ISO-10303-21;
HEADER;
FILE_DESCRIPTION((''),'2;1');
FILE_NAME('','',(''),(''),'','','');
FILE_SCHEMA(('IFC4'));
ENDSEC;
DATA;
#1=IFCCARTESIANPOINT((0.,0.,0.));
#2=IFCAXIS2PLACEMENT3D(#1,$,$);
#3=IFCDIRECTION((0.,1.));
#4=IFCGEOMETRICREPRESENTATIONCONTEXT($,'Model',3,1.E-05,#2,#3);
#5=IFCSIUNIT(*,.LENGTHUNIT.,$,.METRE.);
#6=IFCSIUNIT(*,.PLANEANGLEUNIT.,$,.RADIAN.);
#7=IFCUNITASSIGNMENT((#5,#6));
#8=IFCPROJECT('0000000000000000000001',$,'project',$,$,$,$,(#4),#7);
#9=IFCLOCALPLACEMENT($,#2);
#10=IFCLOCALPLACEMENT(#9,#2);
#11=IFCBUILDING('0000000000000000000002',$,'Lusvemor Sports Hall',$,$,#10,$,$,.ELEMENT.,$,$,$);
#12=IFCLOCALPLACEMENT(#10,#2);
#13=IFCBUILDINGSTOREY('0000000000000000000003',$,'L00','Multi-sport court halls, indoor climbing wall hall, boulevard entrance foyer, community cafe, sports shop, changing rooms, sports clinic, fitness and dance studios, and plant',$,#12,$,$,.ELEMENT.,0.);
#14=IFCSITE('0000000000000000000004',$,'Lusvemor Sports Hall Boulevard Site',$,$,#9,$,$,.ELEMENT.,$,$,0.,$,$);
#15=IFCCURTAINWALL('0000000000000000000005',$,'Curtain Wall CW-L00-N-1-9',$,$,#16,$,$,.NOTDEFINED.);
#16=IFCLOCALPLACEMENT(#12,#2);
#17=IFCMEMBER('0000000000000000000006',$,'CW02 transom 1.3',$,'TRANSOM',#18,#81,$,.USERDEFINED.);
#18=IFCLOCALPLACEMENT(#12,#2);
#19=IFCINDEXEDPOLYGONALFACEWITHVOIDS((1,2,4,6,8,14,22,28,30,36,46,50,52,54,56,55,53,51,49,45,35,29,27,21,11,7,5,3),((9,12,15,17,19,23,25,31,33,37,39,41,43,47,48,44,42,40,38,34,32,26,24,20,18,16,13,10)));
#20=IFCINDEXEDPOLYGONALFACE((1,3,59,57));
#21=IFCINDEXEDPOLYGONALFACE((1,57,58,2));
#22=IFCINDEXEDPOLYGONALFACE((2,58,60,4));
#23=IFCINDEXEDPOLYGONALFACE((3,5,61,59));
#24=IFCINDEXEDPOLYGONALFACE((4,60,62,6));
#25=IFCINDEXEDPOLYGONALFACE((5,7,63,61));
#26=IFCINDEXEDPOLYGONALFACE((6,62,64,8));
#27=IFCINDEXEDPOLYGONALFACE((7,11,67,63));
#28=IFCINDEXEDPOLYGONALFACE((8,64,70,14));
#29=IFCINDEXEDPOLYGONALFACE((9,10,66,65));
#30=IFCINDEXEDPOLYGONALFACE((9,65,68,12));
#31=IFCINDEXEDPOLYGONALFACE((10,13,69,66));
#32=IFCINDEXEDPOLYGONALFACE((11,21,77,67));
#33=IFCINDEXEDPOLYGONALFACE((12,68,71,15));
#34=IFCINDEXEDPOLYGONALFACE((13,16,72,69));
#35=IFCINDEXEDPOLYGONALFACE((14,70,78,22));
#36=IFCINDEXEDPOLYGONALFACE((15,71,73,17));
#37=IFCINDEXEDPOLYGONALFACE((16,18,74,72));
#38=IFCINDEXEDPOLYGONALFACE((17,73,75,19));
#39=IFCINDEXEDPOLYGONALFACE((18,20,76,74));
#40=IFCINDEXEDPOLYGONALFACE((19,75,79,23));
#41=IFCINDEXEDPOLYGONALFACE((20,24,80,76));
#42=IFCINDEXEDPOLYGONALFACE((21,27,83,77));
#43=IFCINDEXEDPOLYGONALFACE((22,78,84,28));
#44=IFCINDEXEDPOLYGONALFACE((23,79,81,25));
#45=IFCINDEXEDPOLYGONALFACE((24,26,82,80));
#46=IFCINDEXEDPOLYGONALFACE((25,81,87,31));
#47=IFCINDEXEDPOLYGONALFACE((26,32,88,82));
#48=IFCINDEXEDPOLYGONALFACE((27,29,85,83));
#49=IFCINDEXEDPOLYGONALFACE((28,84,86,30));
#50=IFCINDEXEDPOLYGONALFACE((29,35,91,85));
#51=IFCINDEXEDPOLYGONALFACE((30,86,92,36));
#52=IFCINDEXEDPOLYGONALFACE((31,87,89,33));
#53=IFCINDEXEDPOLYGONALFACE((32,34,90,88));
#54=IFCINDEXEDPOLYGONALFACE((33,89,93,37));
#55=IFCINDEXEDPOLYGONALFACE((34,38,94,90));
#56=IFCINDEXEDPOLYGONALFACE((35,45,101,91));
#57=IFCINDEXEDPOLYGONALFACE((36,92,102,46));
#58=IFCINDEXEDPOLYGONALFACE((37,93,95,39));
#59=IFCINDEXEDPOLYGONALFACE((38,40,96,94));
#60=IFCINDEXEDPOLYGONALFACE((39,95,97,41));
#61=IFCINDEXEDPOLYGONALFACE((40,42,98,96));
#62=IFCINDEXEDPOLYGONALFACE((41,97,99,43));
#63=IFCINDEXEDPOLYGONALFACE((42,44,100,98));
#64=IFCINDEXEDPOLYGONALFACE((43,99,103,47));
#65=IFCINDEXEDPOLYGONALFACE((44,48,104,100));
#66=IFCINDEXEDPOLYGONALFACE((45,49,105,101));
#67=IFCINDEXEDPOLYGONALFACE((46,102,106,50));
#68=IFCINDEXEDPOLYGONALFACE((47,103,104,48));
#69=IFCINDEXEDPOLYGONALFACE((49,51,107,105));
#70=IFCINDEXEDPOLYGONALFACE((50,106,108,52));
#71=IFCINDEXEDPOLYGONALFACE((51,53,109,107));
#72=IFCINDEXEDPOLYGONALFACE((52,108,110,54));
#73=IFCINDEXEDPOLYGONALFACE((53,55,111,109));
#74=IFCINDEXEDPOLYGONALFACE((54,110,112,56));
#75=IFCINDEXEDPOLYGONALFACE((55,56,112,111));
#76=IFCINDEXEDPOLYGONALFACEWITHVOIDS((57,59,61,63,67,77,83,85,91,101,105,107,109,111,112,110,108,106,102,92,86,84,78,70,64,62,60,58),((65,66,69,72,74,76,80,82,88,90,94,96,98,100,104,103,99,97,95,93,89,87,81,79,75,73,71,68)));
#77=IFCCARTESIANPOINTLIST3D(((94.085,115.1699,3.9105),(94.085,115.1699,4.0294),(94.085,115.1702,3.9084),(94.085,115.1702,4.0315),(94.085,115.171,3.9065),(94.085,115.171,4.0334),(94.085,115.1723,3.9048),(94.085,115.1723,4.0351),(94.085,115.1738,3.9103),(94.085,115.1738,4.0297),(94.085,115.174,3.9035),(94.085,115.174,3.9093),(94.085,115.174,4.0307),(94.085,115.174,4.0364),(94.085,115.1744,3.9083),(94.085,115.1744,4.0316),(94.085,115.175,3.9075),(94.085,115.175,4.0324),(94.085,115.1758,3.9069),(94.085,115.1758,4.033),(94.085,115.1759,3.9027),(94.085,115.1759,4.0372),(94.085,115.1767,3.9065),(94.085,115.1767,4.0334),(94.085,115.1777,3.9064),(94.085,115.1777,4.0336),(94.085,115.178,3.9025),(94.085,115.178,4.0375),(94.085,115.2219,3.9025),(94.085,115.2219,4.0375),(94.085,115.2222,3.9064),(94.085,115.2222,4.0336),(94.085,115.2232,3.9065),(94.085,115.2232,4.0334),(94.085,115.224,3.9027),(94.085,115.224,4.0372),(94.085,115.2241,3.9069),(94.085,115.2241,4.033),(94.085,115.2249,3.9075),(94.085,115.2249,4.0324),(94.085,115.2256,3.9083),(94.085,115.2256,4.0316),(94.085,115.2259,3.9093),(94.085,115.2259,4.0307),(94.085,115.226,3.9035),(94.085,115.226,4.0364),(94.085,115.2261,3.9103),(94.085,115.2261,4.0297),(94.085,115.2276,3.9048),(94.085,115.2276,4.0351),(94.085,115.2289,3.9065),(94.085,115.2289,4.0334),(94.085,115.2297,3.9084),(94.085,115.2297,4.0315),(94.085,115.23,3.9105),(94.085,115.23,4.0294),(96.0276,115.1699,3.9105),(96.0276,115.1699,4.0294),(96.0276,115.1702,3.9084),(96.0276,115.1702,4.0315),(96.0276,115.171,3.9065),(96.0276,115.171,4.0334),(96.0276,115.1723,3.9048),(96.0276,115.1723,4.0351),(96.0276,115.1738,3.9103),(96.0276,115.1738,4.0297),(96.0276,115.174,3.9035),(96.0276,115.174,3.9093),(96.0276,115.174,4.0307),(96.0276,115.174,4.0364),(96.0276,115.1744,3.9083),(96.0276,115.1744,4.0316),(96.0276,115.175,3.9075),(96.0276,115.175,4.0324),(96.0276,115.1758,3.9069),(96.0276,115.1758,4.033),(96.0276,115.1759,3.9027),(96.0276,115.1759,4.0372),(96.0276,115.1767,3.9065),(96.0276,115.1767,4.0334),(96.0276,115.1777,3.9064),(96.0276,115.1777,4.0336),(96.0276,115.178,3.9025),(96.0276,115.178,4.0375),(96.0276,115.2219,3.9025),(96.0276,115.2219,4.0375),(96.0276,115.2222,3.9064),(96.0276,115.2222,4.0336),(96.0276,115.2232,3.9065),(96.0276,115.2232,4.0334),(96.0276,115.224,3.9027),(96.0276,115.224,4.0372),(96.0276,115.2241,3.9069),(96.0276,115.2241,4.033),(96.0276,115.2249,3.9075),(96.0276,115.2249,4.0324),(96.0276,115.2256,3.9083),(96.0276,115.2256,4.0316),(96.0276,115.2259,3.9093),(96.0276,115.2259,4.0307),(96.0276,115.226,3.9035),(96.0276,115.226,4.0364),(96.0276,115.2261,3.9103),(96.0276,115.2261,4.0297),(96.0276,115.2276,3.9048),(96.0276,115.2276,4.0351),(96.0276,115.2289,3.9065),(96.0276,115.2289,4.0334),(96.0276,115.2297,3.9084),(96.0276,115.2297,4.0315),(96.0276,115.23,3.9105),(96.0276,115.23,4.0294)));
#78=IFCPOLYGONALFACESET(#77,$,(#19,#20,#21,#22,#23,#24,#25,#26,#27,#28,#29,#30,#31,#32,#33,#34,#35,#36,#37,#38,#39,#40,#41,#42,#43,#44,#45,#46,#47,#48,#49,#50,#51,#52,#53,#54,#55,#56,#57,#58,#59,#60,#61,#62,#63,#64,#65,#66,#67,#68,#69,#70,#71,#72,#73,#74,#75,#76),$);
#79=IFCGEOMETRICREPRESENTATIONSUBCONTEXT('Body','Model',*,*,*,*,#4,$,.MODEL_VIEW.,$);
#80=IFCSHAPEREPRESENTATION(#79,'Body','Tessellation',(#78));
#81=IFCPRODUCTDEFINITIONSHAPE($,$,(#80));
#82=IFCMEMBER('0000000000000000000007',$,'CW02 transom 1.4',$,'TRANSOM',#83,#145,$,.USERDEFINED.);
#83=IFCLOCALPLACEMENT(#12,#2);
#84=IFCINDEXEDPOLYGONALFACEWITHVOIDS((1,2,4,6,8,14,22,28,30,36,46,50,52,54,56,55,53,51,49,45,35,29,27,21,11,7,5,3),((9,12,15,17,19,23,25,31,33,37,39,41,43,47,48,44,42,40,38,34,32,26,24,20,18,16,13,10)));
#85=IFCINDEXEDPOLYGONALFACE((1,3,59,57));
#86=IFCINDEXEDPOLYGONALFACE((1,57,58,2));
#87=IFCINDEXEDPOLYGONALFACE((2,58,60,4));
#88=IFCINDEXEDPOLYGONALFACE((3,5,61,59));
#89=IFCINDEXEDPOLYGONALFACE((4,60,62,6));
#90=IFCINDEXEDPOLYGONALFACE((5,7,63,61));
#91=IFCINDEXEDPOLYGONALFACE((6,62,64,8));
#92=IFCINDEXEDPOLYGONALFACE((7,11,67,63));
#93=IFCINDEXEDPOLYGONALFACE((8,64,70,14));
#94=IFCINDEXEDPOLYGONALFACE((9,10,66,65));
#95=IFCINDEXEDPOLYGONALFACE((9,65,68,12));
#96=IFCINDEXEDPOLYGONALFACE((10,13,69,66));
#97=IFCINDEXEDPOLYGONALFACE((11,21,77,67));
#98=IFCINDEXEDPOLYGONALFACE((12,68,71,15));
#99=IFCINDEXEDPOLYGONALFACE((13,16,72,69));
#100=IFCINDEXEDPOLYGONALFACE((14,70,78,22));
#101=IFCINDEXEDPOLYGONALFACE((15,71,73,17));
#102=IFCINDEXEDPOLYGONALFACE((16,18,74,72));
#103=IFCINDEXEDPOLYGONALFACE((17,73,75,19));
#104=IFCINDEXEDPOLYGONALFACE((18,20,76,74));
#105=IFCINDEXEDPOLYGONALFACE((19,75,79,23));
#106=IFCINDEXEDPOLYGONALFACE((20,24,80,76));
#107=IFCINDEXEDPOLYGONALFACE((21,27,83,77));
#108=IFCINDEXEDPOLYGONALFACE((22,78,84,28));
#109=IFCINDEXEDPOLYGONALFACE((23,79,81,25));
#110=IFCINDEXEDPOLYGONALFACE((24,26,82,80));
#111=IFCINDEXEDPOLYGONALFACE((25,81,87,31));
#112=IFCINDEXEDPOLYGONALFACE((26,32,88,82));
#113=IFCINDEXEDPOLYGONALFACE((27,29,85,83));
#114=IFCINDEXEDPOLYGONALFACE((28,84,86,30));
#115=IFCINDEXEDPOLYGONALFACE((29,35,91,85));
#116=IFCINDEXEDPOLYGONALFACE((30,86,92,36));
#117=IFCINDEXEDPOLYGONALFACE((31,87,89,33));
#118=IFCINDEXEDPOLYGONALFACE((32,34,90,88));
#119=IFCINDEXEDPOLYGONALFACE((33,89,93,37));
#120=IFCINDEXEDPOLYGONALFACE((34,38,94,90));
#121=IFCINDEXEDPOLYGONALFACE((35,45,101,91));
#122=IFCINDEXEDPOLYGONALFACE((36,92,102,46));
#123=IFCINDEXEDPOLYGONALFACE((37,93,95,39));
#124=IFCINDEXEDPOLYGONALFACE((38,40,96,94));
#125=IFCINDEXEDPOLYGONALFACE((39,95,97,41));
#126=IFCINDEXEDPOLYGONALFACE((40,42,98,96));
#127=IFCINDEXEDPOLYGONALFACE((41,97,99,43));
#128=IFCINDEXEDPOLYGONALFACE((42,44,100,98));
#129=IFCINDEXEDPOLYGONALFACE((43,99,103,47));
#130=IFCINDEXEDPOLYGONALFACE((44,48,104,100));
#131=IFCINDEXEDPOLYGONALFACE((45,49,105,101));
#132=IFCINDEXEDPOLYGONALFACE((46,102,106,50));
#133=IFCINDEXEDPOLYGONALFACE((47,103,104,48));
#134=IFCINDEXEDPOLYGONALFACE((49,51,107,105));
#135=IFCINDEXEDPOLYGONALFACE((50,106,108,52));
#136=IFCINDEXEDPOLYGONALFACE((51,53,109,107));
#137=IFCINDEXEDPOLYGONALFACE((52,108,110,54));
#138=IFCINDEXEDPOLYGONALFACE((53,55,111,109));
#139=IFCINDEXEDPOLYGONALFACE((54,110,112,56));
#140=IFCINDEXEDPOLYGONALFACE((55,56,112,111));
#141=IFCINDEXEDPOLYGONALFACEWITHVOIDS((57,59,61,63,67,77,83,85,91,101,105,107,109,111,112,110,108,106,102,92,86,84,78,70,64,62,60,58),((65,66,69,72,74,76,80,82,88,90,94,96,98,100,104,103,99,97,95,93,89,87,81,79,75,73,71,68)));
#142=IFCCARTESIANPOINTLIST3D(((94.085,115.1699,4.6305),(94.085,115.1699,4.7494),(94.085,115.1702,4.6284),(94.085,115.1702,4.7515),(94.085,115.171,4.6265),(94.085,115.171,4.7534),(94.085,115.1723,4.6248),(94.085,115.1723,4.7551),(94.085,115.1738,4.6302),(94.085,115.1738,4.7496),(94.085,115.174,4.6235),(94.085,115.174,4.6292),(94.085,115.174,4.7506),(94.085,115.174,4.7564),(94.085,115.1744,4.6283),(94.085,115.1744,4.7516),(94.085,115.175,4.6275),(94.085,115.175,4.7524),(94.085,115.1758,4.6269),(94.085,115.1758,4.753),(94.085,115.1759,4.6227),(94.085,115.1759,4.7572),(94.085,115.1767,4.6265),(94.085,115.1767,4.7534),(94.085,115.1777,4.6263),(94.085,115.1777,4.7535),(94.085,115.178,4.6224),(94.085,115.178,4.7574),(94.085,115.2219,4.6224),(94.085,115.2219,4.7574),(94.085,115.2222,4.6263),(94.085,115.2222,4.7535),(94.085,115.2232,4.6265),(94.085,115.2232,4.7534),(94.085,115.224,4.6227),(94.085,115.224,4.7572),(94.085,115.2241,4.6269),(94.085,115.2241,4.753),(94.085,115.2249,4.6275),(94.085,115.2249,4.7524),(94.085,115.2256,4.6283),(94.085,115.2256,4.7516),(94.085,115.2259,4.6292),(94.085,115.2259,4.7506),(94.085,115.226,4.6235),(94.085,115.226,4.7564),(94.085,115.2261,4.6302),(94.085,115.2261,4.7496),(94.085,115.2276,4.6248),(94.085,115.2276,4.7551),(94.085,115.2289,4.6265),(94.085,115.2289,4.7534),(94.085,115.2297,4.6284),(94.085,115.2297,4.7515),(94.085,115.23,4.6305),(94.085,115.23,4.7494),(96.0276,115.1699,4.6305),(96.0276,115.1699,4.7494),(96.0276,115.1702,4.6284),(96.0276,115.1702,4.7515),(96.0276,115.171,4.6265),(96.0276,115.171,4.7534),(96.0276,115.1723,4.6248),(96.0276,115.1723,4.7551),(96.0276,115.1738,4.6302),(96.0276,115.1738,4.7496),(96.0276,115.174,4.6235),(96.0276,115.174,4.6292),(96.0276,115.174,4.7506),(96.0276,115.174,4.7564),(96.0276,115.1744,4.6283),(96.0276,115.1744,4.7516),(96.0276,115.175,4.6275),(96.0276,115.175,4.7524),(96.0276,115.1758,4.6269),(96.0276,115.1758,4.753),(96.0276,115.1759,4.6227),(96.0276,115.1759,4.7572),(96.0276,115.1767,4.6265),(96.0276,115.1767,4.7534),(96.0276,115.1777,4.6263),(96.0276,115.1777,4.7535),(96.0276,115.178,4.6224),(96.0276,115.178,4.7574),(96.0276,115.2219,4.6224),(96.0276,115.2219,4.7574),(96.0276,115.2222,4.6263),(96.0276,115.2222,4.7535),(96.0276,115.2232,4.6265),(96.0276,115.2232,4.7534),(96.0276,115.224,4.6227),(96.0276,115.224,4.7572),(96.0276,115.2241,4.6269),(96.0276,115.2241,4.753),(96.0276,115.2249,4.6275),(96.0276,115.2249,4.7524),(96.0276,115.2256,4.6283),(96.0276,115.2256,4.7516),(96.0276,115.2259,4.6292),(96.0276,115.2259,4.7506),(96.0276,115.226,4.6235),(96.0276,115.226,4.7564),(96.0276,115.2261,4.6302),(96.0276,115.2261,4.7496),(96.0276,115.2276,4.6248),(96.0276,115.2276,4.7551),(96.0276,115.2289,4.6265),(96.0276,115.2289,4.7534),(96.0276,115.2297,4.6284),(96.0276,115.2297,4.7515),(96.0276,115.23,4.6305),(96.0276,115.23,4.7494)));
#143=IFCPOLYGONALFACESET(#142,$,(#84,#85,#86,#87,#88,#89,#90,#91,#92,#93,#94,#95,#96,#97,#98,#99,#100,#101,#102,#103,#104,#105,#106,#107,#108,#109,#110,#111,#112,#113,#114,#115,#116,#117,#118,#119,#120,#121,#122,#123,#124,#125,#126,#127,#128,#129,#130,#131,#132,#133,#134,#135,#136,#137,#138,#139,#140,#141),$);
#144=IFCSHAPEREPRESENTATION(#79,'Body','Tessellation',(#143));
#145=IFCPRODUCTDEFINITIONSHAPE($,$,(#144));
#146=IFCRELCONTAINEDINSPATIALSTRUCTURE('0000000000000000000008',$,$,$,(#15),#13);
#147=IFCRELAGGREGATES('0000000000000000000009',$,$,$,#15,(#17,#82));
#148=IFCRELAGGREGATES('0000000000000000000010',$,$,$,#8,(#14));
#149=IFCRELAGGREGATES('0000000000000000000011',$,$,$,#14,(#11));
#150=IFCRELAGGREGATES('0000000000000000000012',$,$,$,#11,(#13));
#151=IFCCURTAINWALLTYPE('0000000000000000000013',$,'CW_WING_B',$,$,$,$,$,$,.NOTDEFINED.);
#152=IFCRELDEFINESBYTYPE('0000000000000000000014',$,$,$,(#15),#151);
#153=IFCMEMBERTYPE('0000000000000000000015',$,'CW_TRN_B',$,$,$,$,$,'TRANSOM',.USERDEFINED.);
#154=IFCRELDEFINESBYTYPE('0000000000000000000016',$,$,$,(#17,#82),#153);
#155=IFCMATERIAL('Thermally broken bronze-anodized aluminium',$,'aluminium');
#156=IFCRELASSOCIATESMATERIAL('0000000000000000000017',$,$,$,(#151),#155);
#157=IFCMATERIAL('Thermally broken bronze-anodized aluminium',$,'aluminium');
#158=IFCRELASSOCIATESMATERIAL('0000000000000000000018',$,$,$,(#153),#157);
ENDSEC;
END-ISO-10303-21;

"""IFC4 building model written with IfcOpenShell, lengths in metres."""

from ifc_helpers import new_model, si_unit, direction, frame, origin, origin_2d, place, context, subcontext, project, spatial, hollow_rectangle, extrude, material, material_profile, profile_set, type_object, element, aggregate, save


model = new_model("IFC4")

# Units and contexts
model_context = context("Model", 3, precision=1e-05, world=origin(), true_north=direction((0.0, 1.0)))
body_context = subcontext(model_context, "Body", "Model", "MODEL_VIEW")
ifc_project = project(units=[si_unit("LENGTHUNIT", "METRE"), si_unit("PLANEANGLEUNIT", "RADIAN")], contexts=[model_context])

# Site, building, storey
site_placement = place(None, origin())
site = spatial("IfcSite", under=ifc_project, at=site_placement, Name="Lusvemor Sports Hall Boulevard Site", CompositionType="ELEMENT", RefElevation=0.0)
building_placement = place(site_placement, origin())
building = spatial("IfcBuilding", under=site, at=building_placement, Name="Lusvemor Sports Hall", CompositionType="ELEMENT")
storey_placement = place(building_placement, origin())
storey = spatial("IfcBuildingStorey", under=building, at=storey_placement, Name="L00", Description="Multi-sport court halls, indoor climbing wall hall, boulevard entrance foyer, community cafe, sports shop, changing rooms, sports clinic, fitness and dance studios, and plant", CompositionType="ELEMENT", Elevation=0.0)

# Curtain wall, members
ifc_material_1 = material(Name="Thermally broken bronze-anodized aluminium", Category="aluminium")
curtain_wall_type = type_object("IfcCurtainWallType", Name="CW_WING_B", PredefinedType="NOTDEFINED", material=ifc_material_1)
curtain_wall_placement = place(storey_placement, origin())
curtain_wall = element("IfcCurtainWall", 1, at=curtain_wall_placement, inside=storey, type_object=curtain_wall_type, Name="Curtain Wall CW-L00-N-1-9", PredefinedType="NOTDEFINED")
ifc_material_2 = material(Name="Thermally broken bronze-anodized aluminium", Category="aluminium")
ifc_material_profile_1 = material_profile(ifc_material_2, hollow_rectangle(XDim=0.0601, YDim=0.135, WallThickness=0.0039, InnerFilletRadius=0.0039, OuterFilletRadius=0.0081, at=origin_2d()), Name="CWTRN135x60x4")
ifc_profile_set_1 = profile_set([ifc_material_profile_1], Name="Thermally broken bronze-anodized aluminium")
member_type_1 = type_object("IfcMemberType", Name="CW_TRN_B", ElementType="TRANSOM", PredefinedType="USERDEFINED", material=ifc_profile_set_1)
member_1_placement = place(storey_placement, frame((94.085, 115.2, 3.97), z_axis=(1.0, 0.0, 0.0), x_axis=(0.0, 1.0, 0.0)))
member_1 = element("IfcMember", 2, at=member_1_placement, type_object=member_type_1, Name="CW02 transom 1.3", ObjectType="TRANSOM", PredefinedType="USERDEFINED", context=body_context, shape_type="SweptSolid", body=[
    extrude(hollow_rectangle(XDim=0.0601, YDim=0.135, WallThickness=0.0039, InnerFilletRadius=0.0039, OuterFilletRadius=0.0081, at=origin_2d()), origin(), (0.0, 0.0, 1.0), 1.9426),
])
member_2_placement = place(storey_placement, frame((94.085, 115.2, 4.6899), z_axis=(1.0, 0.0, 0.0), x_axis=(0.0, 1.0, 0.0)))
member_2 = element("IfcMember", 3, at=member_2_placement, type_object=member_type_1, Name="CW02 transom 1.4", ObjectType="TRANSOM", PredefinedType="USERDEFINED", context=body_context, shape_type="SweptSolid", body=[
    extrude(hollow_rectangle(XDim=0.0601, YDim=0.135, WallThickness=0.0039, InnerFilletRadius=0.0039, OuterFilletRadius=0.0081, at=origin_2d()), origin(), (0.0, 0.0, 1.0), 1.9426),
])
aggregate(curtain_wall, [member_1, member_2])

save(model, "model.ifc")
